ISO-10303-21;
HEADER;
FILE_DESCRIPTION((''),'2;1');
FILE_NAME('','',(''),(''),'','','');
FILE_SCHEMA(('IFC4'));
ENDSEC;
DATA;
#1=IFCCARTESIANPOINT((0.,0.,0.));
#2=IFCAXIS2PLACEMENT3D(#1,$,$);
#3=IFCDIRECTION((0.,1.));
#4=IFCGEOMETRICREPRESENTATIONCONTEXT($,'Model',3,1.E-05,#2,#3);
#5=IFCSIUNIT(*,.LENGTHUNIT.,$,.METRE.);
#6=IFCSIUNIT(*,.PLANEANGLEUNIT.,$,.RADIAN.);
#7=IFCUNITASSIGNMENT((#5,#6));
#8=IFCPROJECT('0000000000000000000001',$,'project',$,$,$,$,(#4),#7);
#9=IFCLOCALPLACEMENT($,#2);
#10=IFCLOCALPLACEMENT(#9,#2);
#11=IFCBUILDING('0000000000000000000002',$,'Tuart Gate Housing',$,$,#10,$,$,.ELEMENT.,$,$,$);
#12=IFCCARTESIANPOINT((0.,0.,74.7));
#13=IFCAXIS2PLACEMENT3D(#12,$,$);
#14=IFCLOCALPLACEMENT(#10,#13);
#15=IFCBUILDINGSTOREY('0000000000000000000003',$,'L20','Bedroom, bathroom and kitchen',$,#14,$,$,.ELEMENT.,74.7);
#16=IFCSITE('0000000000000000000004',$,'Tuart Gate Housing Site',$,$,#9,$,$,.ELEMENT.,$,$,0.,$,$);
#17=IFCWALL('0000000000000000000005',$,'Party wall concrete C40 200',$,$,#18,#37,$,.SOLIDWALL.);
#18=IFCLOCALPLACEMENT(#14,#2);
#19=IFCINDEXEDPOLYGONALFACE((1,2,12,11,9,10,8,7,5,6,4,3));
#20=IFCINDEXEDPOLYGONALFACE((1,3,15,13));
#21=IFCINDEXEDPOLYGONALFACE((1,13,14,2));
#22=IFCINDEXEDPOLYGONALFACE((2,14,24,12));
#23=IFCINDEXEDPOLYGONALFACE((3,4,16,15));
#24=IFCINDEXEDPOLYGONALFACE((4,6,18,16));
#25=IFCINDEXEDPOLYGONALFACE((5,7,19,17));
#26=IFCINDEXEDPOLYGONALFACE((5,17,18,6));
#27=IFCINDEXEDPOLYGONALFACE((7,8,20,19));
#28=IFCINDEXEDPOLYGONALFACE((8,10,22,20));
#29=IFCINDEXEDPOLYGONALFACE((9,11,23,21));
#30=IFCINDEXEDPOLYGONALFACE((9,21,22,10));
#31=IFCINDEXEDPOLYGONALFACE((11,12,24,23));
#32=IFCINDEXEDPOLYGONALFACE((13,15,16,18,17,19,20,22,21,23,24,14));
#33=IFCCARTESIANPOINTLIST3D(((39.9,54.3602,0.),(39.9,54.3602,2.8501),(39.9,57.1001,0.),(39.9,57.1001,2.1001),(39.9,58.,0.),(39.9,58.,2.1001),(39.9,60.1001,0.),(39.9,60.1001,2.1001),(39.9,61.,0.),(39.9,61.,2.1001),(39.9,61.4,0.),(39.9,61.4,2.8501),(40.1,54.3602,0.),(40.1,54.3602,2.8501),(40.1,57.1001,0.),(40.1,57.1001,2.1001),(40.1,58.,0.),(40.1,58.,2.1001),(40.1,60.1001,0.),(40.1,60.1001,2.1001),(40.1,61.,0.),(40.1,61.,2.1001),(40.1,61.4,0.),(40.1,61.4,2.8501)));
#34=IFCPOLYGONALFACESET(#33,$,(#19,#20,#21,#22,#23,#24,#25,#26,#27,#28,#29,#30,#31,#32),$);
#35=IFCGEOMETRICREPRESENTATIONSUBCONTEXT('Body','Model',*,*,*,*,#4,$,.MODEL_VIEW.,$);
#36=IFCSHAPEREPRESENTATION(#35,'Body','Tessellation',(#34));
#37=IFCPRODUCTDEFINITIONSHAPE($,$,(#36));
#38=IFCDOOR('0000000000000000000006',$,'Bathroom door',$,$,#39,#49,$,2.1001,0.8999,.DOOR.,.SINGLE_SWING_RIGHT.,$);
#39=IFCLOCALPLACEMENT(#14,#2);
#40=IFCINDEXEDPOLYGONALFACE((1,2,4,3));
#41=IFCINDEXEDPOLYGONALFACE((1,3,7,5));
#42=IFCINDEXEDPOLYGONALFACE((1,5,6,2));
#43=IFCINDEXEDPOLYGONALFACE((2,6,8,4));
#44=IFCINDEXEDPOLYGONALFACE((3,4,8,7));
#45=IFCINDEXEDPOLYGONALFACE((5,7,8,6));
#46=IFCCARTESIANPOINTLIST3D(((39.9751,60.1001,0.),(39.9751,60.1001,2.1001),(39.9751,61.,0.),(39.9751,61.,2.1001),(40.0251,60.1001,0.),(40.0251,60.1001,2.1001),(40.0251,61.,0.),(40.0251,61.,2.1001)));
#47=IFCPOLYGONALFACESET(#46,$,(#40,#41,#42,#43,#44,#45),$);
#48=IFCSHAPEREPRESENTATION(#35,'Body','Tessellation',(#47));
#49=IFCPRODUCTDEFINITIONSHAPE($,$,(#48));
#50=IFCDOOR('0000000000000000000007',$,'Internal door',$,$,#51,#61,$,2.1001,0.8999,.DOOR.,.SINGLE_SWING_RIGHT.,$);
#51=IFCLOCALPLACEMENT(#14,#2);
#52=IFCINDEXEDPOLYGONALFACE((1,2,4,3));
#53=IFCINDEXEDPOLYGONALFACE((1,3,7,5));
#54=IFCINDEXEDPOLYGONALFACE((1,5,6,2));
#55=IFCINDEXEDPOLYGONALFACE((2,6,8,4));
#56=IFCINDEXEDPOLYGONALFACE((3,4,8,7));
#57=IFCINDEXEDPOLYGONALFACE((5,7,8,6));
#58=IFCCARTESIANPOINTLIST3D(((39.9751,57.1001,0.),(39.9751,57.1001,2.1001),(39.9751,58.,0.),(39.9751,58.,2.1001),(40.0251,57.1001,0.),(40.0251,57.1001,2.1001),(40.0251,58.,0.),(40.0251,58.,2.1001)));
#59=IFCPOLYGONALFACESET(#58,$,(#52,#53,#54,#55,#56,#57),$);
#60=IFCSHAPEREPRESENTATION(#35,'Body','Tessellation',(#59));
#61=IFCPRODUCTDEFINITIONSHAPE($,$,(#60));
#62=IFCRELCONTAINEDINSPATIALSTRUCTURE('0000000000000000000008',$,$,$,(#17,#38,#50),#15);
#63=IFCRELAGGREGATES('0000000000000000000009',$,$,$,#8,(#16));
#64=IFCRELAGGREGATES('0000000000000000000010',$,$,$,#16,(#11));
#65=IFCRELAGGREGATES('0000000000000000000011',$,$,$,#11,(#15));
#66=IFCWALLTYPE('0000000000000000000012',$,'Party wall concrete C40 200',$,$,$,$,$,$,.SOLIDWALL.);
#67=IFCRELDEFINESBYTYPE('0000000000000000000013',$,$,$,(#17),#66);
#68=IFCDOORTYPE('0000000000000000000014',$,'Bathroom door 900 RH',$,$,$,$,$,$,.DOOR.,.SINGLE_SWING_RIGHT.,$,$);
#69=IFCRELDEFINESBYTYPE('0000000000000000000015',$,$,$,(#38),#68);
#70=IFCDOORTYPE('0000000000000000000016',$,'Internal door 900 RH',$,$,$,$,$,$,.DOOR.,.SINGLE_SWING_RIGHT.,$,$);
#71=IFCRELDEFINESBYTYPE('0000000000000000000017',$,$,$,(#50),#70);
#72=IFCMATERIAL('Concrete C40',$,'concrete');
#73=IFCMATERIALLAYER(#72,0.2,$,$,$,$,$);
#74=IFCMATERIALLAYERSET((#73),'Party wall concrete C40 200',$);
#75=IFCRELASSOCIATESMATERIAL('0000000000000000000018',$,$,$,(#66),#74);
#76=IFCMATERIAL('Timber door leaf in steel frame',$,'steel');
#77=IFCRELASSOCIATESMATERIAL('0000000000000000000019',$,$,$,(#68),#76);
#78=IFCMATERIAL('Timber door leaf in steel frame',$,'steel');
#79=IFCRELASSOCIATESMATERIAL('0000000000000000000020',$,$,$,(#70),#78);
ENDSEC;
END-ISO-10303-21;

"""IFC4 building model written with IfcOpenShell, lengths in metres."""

from ifc_helpers import new_model, si_unit, direction, frame, frame_2d, origin, place, context, subcontext, project, spatial, rectangle, extrude, material, layer, layer_set, type_object, element, fill, save


model = new_model("IFC4")

# Units and contexts
model_context = context("Model", 3, precision=1e-05, world=origin(), true_north=direction((0.0, 1.0)))
body_context = subcontext(model_context, "Body", "Model", "MODEL_VIEW")
ifc_project = project(units=[si_unit("LENGTHUNIT", "METRE"), si_unit("PLANEANGLEUNIT", "RADIAN")], contexts=[model_context])

# Site, building, storey
site_placement = place(None, origin())
site = spatial("IfcSite", under=ifc_project, at=site_placement, Name="Tuart Gate Housing Site", CompositionType="ELEMENT", RefElevation=0.0)
building_placement = place(site_placement, origin())
building = spatial("IfcBuilding", under=site, at=building_placement, Name="Tuart Gate Housing", CompositionType="ELEMENT")
storey_placement = place(building_placement, frame((0.0, 0.0, 74.7)))
storey = spatial("IfcBuildingStorey", under=building, at=storey_placement, Name="L20", Description="Bedroom, bathroom and kitchen", CompositionType="ELEMENT", Elevation=74.7)

# Shared definitions
ifc_material_1 = material(Name="Concrete C40", Category="concrete")
ifc_layer_1 = layer(ifc_material_1, 0.2)
ifc_layer_set_1 = layer_set([ifc_layer_1], Name="Party wall concrete C40 200")
wall_type_1 = type_object("IfcWallType", Name="Party wall concrete C40 200", PredefinedType="SOLIDWALL", material=ifc_layer_set_1)

# Wall, openings, doors
wall_1_placement = place(storey_placement, frame((40.0, 54.3601, 0.0), z_axis=(0.0, 0.0, 1.0), x_axis=(0.0, 1.0, 0.0)))
wall_1 = element("IfcWall", 1, at=wall_1_placement, inside=storey, type_object=wall_type_1, Name="Party wall concrete C40 200", PredefinedType="SOLIDWALL", context=body_context, shape_type="SweptSolid", body=[
    extrude(rectangle(XDim=7.0398, YDim=0.2, at=frame_2d((3.52, 0.0))), origin(), (0.0, 0.0, 1.0), 2.8501),
])
opening_1_placement = place(wall_1_placement, frame((2.74, 0.0, 0.0)))
opening_1 = element("IfcOpeningElement", 2, at=opening_1_placement, cuts=wall_1, PredefinedType="OPENING", context=body_context, shape_type="SweptSolid", body=[
    extrude(rectangle(XDim=0.8999, YDim=2.1001, at=frame_2d((0.45, 1.05))), frame((0.0, 0.1099, 0.0), z_axis=(0.0, -1.0, 0.0), x_axis=(1.0, 0.0, 0.0)), (0.0, 0.0, 1.0), 0.22),
])
opening_2_placement = place(wall_1_placement, frame((5.74, 0.0, 0.0)))
opening_2 = element("IfcOpeningElement", 3, at=opening_2_placement, cuts=wall_1, PredefinedType="OPENING", context=body_context, shape_type="SweptSolid", body=[
    extrude(rectangle(XDim=0.8999, YDim=2.1001, at=frame_2d((0.45, 1.05))), frame((0.0, 0.1099, 0.0), z_axis=(0.0, -1.0, 0.0), x_axis=(1.0, 0.0, 0.0)), (0.0, 0.0, 1.0), 0.22),
])
ifc_material_2 = material(Name="Timber door leaf in steel frame", Category="steel")
door_type_1 = type_object("IfcDoorType", Name="Bathroom door 900 RH", OperationType="SINGLE_SWING_RIGHT", PredefinedType="DOOR", material=ifc_material_2)
door_1_placement = place(opening_2_placement, origin())
door_1 = element("IfcDoor", 4, at=door_1_placement, inside=storey, type_object=door_type_1, Name="Bathroom door", OperationType="SINGLE_SWING_RIGHT", OverallHeight=2.1001, OverallWidth=0.8999, PredefinedType="DOOR", context=body_context, shape_type="SweptSolid", body=[
    extrude(rectangle(XDim=0.8999, YDim=2.1001, at=frame_2d((0.45, 1.05))), frame((0.0, 0.0249, 0.0), z_axis=(0.0, -1.0, 0.0), x_axis=(1.0, 0.0, 0.0)), (0.0, 0.0, 1.0), 0.05),
])
fill(opening_2, door_1)
ifc_material_3 = material(Name="Timber door leaf in steel frame", Category="steel")
door_type_2 = type_object("IfcDoorType", Name="Internal door 900 RH", OperationType="SINGLE_SWING_RIGHT", PredefinedType="DOOR", material=ifc_material_3)
door_2_placement = place(opening_1_placement, origin())
door_2 = element("IfcDoor", 5, at=door_2_placement, inside=storey, type_object=door_type_2, Name="Internal door", OperationType="SINGLE_SWING_RIGHT", OverallHeight=2.1001, OverallWidth=0.8999, PredefinedType="DOOR", context=body_context, shape_type="SweptSolid", body=[
    extrude(rectangle(XDim=0.8999, YDim=2.1001, at=frame_2d((0.45, 1.05))), frame((0.0, 0.0249, 0.0), z_axis=(0.0, -1.0, 0.0), x_axis=(1.0, 0.0, 0.0)), (0.0, 0.0, 1.0), 0.05),
])
fill(opening_1, door_2)

save(model, "model.ifc")
